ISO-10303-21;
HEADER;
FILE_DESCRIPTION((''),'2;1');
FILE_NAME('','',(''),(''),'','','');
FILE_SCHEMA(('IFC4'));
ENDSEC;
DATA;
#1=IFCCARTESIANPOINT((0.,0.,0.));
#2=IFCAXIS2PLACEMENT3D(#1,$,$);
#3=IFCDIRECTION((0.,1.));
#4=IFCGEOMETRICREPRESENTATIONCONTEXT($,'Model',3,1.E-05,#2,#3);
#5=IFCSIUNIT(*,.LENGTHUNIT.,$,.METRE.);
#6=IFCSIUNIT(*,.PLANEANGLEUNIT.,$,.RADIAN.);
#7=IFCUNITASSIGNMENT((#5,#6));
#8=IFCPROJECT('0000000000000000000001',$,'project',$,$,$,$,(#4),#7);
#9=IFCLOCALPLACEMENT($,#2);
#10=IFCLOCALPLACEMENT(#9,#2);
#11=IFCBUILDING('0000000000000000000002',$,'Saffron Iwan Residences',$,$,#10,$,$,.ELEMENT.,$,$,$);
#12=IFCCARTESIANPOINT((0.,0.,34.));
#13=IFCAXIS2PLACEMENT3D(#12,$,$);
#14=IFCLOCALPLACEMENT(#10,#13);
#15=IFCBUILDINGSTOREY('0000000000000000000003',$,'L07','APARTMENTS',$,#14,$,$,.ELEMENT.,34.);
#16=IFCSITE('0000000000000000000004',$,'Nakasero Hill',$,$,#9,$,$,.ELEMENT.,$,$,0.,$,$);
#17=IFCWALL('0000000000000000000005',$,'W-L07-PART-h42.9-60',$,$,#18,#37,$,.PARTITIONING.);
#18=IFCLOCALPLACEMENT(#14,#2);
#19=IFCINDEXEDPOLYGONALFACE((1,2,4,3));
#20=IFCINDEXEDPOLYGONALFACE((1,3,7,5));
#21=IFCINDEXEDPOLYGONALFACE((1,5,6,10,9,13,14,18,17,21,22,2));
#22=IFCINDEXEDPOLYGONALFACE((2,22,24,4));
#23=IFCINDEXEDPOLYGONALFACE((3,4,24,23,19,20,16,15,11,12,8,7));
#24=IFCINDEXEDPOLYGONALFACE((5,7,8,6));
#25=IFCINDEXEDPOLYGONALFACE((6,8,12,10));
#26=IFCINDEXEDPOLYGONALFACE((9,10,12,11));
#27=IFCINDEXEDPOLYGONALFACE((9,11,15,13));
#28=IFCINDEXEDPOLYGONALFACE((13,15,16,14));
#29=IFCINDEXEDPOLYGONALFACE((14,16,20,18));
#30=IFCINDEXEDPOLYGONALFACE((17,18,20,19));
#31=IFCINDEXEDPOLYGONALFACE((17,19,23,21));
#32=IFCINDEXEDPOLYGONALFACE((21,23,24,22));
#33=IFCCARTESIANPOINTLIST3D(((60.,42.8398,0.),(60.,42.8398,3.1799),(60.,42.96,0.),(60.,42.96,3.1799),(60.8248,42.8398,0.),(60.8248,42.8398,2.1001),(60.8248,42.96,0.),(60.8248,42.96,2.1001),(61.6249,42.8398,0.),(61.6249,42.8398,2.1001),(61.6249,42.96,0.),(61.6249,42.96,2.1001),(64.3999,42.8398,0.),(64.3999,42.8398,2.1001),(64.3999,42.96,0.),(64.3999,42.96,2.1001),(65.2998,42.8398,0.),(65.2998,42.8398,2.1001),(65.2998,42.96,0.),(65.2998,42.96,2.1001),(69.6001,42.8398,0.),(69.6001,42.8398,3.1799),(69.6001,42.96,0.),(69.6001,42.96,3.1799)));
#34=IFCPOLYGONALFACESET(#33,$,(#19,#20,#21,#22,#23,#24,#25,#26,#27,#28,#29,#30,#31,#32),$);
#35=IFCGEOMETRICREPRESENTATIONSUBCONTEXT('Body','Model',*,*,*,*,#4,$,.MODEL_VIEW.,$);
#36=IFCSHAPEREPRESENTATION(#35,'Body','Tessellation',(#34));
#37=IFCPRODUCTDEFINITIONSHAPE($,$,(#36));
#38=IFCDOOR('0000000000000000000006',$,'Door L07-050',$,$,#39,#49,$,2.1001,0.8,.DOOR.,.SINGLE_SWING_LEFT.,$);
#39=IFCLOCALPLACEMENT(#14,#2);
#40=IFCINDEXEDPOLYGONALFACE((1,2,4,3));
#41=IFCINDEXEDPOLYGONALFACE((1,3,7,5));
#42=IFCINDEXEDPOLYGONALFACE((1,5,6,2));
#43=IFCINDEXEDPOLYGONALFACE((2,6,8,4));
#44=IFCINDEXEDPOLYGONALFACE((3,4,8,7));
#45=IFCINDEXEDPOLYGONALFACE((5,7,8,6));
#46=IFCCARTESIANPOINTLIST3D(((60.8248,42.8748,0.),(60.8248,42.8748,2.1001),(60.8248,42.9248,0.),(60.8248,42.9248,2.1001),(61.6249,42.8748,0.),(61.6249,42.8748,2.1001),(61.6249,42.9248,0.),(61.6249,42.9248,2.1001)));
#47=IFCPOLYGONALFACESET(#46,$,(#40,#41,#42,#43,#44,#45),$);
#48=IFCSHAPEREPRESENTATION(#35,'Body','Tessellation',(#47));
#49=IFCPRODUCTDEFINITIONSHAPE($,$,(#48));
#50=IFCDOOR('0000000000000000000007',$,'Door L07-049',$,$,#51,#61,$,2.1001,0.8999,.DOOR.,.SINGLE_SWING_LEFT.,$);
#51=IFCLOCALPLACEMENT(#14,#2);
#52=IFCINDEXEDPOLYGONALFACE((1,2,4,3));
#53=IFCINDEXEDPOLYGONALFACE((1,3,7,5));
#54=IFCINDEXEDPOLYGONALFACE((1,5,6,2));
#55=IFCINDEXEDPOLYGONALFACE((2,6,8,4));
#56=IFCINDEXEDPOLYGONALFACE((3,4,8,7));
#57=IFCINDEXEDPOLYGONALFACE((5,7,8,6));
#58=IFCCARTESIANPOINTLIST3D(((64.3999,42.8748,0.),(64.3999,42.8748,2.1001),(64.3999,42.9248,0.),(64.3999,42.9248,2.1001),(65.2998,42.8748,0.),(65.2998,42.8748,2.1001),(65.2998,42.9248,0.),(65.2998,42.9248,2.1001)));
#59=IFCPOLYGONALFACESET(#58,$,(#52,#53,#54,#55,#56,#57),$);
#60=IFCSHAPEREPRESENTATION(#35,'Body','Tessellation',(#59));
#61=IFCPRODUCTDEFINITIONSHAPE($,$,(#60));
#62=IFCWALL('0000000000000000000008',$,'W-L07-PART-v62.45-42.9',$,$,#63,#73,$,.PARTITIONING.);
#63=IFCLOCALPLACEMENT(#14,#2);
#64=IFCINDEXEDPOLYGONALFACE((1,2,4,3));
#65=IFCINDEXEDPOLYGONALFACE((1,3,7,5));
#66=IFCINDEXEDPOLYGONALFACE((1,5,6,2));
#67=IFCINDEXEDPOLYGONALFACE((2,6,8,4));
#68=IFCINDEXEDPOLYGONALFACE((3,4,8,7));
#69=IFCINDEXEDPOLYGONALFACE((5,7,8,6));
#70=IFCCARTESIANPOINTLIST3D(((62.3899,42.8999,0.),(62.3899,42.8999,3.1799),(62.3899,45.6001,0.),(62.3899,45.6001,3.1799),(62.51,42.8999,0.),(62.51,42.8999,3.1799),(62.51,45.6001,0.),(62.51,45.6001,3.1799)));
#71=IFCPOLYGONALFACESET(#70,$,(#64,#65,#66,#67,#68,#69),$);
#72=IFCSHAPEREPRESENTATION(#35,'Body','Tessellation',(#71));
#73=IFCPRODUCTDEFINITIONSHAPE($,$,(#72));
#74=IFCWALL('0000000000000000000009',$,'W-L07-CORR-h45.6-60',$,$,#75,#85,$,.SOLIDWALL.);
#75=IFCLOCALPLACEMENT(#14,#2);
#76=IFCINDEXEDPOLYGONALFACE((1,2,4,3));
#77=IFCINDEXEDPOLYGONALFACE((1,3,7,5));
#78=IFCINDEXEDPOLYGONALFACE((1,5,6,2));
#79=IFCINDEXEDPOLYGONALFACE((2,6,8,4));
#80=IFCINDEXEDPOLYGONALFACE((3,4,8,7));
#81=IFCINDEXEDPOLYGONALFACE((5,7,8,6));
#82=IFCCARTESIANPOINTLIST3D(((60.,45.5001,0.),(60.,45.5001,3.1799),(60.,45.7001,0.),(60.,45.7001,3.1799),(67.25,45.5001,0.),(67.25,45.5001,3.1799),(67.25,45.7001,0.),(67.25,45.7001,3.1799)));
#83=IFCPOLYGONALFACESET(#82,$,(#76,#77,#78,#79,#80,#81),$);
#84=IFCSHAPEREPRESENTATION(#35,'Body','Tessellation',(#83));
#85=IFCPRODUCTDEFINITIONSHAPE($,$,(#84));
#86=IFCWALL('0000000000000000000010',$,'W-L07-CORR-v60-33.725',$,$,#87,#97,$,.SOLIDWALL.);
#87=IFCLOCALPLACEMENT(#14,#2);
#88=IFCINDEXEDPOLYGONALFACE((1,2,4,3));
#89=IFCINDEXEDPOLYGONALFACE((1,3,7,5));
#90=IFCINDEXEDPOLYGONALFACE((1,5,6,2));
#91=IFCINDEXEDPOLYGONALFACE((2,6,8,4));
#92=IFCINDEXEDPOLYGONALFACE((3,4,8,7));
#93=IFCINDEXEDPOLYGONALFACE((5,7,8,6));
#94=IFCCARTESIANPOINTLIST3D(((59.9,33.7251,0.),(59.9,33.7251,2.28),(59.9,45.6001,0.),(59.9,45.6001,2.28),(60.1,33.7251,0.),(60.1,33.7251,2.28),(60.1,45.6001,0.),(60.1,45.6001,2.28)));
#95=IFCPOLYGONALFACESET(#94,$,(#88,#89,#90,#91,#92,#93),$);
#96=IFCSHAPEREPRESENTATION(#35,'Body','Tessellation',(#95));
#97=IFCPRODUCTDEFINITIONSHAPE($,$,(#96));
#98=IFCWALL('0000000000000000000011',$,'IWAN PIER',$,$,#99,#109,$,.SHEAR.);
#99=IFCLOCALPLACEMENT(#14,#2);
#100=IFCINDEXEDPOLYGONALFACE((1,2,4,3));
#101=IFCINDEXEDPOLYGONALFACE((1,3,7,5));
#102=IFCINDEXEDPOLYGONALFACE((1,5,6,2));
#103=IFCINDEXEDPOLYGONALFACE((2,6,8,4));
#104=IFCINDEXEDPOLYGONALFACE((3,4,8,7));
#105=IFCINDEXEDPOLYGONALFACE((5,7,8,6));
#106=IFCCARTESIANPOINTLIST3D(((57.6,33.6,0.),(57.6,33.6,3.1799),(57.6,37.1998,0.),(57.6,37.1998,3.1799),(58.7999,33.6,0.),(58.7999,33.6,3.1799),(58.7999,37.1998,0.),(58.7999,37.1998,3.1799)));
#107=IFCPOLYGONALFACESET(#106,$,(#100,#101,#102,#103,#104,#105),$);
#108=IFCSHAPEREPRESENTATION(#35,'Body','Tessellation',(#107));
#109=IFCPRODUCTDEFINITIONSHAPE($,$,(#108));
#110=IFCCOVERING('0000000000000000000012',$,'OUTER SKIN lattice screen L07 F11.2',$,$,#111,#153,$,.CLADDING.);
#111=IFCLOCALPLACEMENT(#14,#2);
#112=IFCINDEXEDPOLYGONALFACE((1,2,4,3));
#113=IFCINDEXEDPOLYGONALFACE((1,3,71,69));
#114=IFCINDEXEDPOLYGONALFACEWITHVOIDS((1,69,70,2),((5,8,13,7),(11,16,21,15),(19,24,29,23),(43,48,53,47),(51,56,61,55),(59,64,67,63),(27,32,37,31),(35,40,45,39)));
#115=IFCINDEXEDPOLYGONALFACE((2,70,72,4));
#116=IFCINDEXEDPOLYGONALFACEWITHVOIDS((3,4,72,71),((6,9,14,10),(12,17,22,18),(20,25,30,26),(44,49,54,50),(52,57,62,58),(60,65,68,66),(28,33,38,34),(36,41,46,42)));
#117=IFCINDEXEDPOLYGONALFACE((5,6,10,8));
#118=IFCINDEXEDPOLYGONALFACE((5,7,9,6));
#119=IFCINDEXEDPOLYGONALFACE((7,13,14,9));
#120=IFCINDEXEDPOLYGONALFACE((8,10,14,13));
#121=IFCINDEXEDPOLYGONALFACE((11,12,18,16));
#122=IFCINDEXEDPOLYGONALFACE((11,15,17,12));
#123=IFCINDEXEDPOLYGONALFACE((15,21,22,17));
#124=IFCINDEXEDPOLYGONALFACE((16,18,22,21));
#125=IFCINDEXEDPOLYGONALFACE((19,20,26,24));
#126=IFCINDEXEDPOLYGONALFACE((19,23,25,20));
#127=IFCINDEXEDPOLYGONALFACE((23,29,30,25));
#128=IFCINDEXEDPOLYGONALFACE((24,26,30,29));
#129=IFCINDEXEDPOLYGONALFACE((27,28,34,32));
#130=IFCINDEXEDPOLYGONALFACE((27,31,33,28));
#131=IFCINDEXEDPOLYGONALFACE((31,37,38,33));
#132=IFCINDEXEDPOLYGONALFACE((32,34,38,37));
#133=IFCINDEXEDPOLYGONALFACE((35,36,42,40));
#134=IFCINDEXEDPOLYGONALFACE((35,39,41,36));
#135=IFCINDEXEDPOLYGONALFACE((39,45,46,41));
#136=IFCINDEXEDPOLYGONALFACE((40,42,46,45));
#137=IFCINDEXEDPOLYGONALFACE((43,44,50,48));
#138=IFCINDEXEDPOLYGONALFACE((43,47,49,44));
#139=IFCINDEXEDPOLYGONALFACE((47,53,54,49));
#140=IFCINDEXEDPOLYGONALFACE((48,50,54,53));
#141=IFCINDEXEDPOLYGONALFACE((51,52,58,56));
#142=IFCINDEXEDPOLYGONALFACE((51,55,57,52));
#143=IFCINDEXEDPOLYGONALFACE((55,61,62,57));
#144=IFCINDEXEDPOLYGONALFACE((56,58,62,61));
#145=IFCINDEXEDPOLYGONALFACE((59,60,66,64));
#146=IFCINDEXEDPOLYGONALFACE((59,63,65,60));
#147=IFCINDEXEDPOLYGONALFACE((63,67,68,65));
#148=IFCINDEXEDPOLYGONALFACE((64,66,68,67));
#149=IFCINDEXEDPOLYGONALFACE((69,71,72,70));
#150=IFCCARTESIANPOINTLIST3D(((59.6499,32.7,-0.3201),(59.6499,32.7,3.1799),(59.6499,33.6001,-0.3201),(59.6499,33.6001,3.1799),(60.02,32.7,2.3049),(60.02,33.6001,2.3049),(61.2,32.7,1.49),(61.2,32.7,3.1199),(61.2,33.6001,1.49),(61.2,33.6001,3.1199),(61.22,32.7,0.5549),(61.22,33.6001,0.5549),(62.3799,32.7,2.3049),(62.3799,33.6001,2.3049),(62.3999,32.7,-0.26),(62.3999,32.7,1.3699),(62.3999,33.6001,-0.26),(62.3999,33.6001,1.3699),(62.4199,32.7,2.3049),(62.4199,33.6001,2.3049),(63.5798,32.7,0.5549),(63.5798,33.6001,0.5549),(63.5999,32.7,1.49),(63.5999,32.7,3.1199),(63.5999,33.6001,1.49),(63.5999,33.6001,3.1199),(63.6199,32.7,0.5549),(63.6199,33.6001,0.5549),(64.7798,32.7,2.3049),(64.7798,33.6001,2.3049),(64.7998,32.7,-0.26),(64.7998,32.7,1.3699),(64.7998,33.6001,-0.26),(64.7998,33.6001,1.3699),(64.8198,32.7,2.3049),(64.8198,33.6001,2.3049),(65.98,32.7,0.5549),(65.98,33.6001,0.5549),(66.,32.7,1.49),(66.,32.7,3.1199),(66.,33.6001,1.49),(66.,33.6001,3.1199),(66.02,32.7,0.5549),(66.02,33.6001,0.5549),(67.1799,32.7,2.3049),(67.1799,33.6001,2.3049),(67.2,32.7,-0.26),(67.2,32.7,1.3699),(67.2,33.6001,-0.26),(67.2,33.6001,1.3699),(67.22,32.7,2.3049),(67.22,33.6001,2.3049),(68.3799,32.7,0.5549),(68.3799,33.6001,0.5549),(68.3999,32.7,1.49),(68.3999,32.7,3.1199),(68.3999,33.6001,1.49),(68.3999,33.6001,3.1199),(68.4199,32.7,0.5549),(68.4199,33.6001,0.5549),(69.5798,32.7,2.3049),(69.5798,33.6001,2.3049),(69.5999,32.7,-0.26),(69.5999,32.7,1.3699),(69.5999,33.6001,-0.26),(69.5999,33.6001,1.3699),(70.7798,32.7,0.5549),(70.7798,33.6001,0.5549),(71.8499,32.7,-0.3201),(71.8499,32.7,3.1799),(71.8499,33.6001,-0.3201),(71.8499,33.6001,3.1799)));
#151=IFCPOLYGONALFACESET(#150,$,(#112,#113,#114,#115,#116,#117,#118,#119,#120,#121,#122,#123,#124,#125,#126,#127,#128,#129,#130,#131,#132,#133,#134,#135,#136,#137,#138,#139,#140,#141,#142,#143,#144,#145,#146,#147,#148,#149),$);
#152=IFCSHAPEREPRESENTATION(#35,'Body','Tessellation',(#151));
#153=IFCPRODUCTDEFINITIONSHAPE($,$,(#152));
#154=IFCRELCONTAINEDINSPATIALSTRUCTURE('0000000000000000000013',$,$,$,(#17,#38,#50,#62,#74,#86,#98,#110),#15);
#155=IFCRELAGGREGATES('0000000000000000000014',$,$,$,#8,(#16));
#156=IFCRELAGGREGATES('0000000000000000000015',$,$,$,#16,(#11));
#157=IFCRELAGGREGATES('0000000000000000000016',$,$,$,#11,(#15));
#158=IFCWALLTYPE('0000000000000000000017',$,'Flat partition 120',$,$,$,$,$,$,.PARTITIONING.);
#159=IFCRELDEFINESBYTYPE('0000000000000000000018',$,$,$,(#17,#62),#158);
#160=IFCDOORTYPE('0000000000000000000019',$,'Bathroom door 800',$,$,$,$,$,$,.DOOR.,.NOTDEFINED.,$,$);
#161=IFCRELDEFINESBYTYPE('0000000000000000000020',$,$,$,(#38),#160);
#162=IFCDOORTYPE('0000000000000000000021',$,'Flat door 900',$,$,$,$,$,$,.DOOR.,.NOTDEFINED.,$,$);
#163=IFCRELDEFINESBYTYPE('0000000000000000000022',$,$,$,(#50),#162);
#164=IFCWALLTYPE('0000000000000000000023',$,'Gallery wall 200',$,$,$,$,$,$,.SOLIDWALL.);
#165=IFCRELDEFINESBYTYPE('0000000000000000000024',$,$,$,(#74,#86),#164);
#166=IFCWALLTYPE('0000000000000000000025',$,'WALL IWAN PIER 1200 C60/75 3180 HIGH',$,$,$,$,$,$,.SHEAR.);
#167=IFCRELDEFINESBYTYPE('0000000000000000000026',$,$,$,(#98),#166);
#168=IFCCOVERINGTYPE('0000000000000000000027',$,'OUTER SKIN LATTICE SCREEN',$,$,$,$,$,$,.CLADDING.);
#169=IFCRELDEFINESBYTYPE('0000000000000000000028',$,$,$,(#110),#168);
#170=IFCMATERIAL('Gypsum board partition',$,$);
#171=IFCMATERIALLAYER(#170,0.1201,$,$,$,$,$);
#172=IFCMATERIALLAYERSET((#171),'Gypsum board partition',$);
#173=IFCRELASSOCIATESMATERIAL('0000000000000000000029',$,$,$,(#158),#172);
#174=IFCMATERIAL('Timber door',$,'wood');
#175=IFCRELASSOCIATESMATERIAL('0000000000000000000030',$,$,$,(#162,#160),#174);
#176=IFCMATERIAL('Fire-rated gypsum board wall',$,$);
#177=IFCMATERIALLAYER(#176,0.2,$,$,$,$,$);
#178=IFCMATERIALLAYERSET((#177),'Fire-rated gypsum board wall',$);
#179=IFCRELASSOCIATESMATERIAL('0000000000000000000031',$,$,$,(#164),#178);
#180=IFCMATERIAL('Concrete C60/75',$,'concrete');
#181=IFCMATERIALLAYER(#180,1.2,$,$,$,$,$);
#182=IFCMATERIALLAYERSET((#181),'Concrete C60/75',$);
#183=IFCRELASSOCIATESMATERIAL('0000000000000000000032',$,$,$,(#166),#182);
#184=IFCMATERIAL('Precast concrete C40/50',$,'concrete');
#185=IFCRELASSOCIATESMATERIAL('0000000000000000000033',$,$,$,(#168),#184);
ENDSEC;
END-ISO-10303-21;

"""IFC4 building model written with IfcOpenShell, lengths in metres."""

from ifc_helpers import new_model, si_unit, direction, frame, frame_2d, origin, place, context, subcontext, project, spatial, polyline, rectangle, outline, extrude, material, layer, layer_set, type_object, element, fill, save


model = new_model("IFC4")

# Units and contexts
model_context = context("Model", 3, precision=1e-05, world=origin(), true_north=direction((0.0, 1.0)))
body_context = subcontext(model_context, "Body", "Model", "MODEL_VIEW")
ifc_project = project(units=[si_unit("LENGTHUNIT", "METRE"), si_unit("PLANEANGLEUNIT", "RADIAN")], contexts=[model_context])

# Site, building, storey
site_placement = place(None, origin())
site = spatial("IfcSite", under=ifc_project, at=site_placement, Name="Nakasero Hill", CompositionType="ELEMENT", RefElevation=0.0)
building_placement = place(site_placement, origin())
building = spatial("IfcBuilding", under=site, at=building_placement, Name="Saffron Iwan Residences", CompositionType="ELEMENT")
storey_placement = place(building_placement, frame((0.0, 0.0, 34.0)))
storey = spatial("IfcBuildingStorey", under=building, at=storey_placement, Name="L07", Description="APARTMENTS", CompositionType="ELEMENT", Elevation=34.0)

# Shared definitions
ifc_material_1 = material(Name="Concrete C60/75", Category="concrete")

# Wall, openings, doors
ifc_material_2 = material(Name="Gypsum board partition")
ifc_layer_1 = layer(ifc_material_2, 0.1201)
ifc_layer_set_1 = layer_set([ifc_layer_1], Name="Gypsum board partition")
wall_type_1 = type_object("IfcWallType", Name="Flat partition 120", PredefinedType="PARTITIONING", material=ifc_layer_set_1)
ifc_material_3 = material(Name="Timber door", Category="wood")
door_type_1 = type_object("IfcDoorType", Name="Flat door 900", OperationType="NOTDEFINED", PredefinedType="DOOR", material=ifc_material_3)
wall_1_placement = place(storey_placement, frame((60.0, 42.8999, 0.0), z_axis=(0.0, 0.0, 1.0), x_axis=(1.0, 0.0, 0.0)))
wall_1 = element("IfcWall", 1, at=wall_1_placement, inside=storey, type_object=wall_type_1, Name="W-L07-PART-h42.9-60", PredefinedType="PARTITIONING", context=body_context, shape_type="SweptSolid", body=[
    extrude(rectangle(XDim=9.6001, YDim=0.1201, at=frame_2d((4.8, 0.0))), origin(), (0.0, 0.0, 1.0), 3.1799),
])
opening_1_placement = place(wall_1_placement, frame((4.3999, 0.0, 0.0)))
opening_1 = element("IfcOpeningElement", 2, at=opening_1_placement, cuts=wall_1, PredefinedType="OPENING", context=body_context, shape_type="SweptSolid", body=[
    extrude(rectangle(XDim=0.8999, YDim=2.1001, at=frame_2d((0.45, 1.05))), frame((0.0, 0.0701, 0.0), z_axis=(0.0, -1.0, 0.0), x_axis=(1.0, 0.0, 0.0)), (0.0, 0.0, 1.0), 0.1401),
])
opening_2_placement = place(wall_1_placement, frame((0.825, 0.0, 0.0)))
opening_2 = element("IfcOpeningElement", 3, at=opening_2_placement, cuts=wall_1, PredefinedType="OPENING", context=body_context, shape_type="SweptSolid", body=[
    extrude(rectangle(XDim=0.8, YDim=2.1001, at=frame_2d((0.3999, 1.05))), frame((0.0, 0.0701, 0.0), z_axis=(0.0, -1.0, 0.0), x_axis=(1.0, 0.0, 0.0)), (0.0, 0.0, 1.0), 0.1401),
])
door_type_2 = type_object("IfcDoorType", Name="Bathroom door 800", OperationType="NOTDEFINED", PredefinedType="DOOR", material=ifc_material_3)
door_1_placement = place(opening_2_placement, origin())
door_1 = element("IfcDoor", 4, at=door_1_placement, inside=storey, type_object=door_type_2, Name="Door L07-050", OperationType="SINGLE_SWING_LEFT", OverallHeight=2.1001, OverallWidth=0.8, PredefinedType="DOOR", context=body_context, shape_type="SweptSolid", body=[
    extrude(rectangle(XDim=0.8, YDim=2.1001, at=frame_2d((0.3999, 1.05))), frame((0.0, 0.0249, 0.0), z_axis=(0.0, -1.0, 0.0), x_axis=(1.0, 0.0, 0.0)), (0.0, 0.0, 1.0), 0.05),
])
fill(opening_2, door_1)
door_2_placement = place(opening_1_placement, origin())
door_2 = element("IfcDoor", 5, at=door_2_placement, inside=storey, type_object=door_type_1, Name="Door L07-049", OperationType="SINGLE_SWING_LEFT", OverallHeight=2.1001, OverallWidth=0.8999, PredefinedType="DOOR", context=body_context, shape_type="SweptSolid", body=[
    extrude(rectangle(XDim=0.8999, YDim=2.1001, at=frame_2d((0.45, 1.05))), frame((0.0, 0.0249, 0.0), z_axis=(0.0, -1.0, 0.0), x_axis=(1.0, 0.0, 0.0)), (0.0, 0.0, 1.0), 0.05),
])
fill(opening_1, door_2)

# Walls
wall_2_placement = place(storey_placement, frame((62.45, 42.8999, 0.0), z_axis=(0.0, 0.0, 1.0), x_axis=(0.0, 1.0, 0.0)))
element("IfcWall", 6, at=wall_2_placement, inside=storey, type_object=wall_type_1, Name="W-L07-PART-v62.45-42.9", PredefinedType="PARTITIONING", context=body_context, shape_type="SweptSolid", body=[
    extrude(rectangle(XDim=2.7002, YDim=0.1201, at=frame_2d((1.3501, 0.0))), origin(), (0.0, 0.0, 1.0), 3.1799),
])
ifc_material_4 = material(Name="Fire-rated gypsum board wall")
ifc_layer_2 = layer(ifc_material_4, 0.2)
ifc_layer_set_2 = layer_set([ifc_layer_2], Name="Fire-rated gypsum board wall")
wall_type_2 = type_object("IfcWallType", Name="Gallery wall 200", PredefinedType="SOLIDWALL", material=ifc_layer_set_2)
wall_3_placement = place(storey_placement, frame((60.0, 45.6001, 0.0), z_axis=(0.0, 0.0, 1.0), x_axis=(1.0, 0.0, 0.0)))
element("IfcWall", 7, at=wall_3_placement, inside=storey, type_object=wall_type_2, Name="W-L07-CORR-h45.6-60", PredefinedType="SOLIDWALL", context=body_context, shape_type="SweptSolid", body=[
    extrude(rectangle(XDim=7.25, YDim=0.2, at=frame_2d((3.625, 0.0))), origin(), (0.0, 0.0, 1.0), 3.1799),
])
wall_4_placement = place(storey_placement, frame((60.0, 33.7251, 0.0), z_axis=(0.0, 0.0, 1.0), x_axis=(0.0, 1.0, 0.0)))
element("IfcWall", 8, at=wall_4_placement, inside=storey, type_object=wall_type_2, Name="W-L07-CORR-v60-33.725", PredefinedType="SOLIDWALL", context=body_context, shape_type="SweptSolid", body=[
    extrude(rectangle(XDim=11.875, YDim=0.2, at=frame_2d((5.9375, 0.0))), origin(), (0.0, 0.0, 1.0), 2.28),
])
ifc_layer_3 = layer(ifc_material_1, 1.2)
ifc_layer_set_3 = layer_set([ifc_layer_3], Name="Concrete C60/75")
wall_type_3 = type_object("IfcWallType", Name="WALL IWAN PIER 1200 C60/75 3180 HIGH", PredefinedType="SHEAR", material=ifc_layer_set_3)
wall_5_placement = place(storey_placement, frame((58.2, 33.6001, 0.0), z_axis=(0.0, 0.0, 1.0), x_axis=(0.0, 1.0, 0.0)))
element("IfcWall", 9, at=wall_5_placement, inside=storey, type_object=wall_type_3, Name="IWAN PIER", PredefinedType="SHEAR", context=body_context, shape_type="SweptSolid", body=[
    extrude(rectangle(XDim=3.5999, YDim=1.2, at=frame_2d((1.7998, 0.0))), origin(), (0.0, 0.0, 1.0), 3.1799),
])

# Covering
ifc_material_5 = material(Name="Precast concrete C40/50", Category="concrete")
covering_type = type_object("IfcCoveringType", Name="OUTER SKIN LATTICE SCREEN", PredefinedType="CLADDING", material=ifc_material_5)
covering_placement = place(storey_placement, frame((59.6499, 33.6001, -0.3201), z_axis=(0.0, -1.0, 0.0), x_axis=(1.0, 0.0, 0.0)))
element("IfcCovering", 10, at=covering_placement, inside=storey, type_object=covering_type, Name="OUTER SKIN lattice screen L07 F11.2", PredefinedType="CLADDING", context=body_context, shape_type="SweptSolid", body=[
    extrude(outline(polyline([(0.0, 0.0), (12.2, 0.0), (12.2, 3.5), (0.0, 3.5), (0.0, 0.0)]), holes=[polyline([(1.5701, 0.875), (2.75, 0.0601), (3.9299, 0.875), (2.75, 1.6899), (1.5701, 0.875)]), polyline([(3.97, 0.875), (5.1499, 0.0601), (6.3301, 0.875), (5.1499, 1.6899), (3.97, 0.875)]), polyline([(6.3701, 0.875), (7.55, 0.0601), (8.73, 0.875), (7.55, 1.6899), (6.3701, 0.875)]), polyline([(8.77, 0.875), (9.95, 0.0601), (11.1299, 0.875), (9.95, 1.6899), (8.77, 0.875)]), polyline([(0.3701, 2.625), (1.55, 1.8101), (2.73, 2.625), (1.55, 3.4399), (0.3701, 2.625)]), polyline([(2.77, 2.625), (3.95, 1.8101), (5.1299, 2.625), (3.95, 3.4399), (2.77, 2.625)]), polyline([(5.1699, 2.625), (6.3501, 1.8101), (7.53, 2.625), (6.3501, 3.4399), (5.1699, 2.625)]), polyline([(7.5701, 2.625), (8.75, 1.8101), (9.9299, 2.625), (8.75, 3.4399), (7.5701, 2.625)])]), origin(), (0.0, 0.0, 1.0), 0.9001),
])

save(model, "model.ifc")
